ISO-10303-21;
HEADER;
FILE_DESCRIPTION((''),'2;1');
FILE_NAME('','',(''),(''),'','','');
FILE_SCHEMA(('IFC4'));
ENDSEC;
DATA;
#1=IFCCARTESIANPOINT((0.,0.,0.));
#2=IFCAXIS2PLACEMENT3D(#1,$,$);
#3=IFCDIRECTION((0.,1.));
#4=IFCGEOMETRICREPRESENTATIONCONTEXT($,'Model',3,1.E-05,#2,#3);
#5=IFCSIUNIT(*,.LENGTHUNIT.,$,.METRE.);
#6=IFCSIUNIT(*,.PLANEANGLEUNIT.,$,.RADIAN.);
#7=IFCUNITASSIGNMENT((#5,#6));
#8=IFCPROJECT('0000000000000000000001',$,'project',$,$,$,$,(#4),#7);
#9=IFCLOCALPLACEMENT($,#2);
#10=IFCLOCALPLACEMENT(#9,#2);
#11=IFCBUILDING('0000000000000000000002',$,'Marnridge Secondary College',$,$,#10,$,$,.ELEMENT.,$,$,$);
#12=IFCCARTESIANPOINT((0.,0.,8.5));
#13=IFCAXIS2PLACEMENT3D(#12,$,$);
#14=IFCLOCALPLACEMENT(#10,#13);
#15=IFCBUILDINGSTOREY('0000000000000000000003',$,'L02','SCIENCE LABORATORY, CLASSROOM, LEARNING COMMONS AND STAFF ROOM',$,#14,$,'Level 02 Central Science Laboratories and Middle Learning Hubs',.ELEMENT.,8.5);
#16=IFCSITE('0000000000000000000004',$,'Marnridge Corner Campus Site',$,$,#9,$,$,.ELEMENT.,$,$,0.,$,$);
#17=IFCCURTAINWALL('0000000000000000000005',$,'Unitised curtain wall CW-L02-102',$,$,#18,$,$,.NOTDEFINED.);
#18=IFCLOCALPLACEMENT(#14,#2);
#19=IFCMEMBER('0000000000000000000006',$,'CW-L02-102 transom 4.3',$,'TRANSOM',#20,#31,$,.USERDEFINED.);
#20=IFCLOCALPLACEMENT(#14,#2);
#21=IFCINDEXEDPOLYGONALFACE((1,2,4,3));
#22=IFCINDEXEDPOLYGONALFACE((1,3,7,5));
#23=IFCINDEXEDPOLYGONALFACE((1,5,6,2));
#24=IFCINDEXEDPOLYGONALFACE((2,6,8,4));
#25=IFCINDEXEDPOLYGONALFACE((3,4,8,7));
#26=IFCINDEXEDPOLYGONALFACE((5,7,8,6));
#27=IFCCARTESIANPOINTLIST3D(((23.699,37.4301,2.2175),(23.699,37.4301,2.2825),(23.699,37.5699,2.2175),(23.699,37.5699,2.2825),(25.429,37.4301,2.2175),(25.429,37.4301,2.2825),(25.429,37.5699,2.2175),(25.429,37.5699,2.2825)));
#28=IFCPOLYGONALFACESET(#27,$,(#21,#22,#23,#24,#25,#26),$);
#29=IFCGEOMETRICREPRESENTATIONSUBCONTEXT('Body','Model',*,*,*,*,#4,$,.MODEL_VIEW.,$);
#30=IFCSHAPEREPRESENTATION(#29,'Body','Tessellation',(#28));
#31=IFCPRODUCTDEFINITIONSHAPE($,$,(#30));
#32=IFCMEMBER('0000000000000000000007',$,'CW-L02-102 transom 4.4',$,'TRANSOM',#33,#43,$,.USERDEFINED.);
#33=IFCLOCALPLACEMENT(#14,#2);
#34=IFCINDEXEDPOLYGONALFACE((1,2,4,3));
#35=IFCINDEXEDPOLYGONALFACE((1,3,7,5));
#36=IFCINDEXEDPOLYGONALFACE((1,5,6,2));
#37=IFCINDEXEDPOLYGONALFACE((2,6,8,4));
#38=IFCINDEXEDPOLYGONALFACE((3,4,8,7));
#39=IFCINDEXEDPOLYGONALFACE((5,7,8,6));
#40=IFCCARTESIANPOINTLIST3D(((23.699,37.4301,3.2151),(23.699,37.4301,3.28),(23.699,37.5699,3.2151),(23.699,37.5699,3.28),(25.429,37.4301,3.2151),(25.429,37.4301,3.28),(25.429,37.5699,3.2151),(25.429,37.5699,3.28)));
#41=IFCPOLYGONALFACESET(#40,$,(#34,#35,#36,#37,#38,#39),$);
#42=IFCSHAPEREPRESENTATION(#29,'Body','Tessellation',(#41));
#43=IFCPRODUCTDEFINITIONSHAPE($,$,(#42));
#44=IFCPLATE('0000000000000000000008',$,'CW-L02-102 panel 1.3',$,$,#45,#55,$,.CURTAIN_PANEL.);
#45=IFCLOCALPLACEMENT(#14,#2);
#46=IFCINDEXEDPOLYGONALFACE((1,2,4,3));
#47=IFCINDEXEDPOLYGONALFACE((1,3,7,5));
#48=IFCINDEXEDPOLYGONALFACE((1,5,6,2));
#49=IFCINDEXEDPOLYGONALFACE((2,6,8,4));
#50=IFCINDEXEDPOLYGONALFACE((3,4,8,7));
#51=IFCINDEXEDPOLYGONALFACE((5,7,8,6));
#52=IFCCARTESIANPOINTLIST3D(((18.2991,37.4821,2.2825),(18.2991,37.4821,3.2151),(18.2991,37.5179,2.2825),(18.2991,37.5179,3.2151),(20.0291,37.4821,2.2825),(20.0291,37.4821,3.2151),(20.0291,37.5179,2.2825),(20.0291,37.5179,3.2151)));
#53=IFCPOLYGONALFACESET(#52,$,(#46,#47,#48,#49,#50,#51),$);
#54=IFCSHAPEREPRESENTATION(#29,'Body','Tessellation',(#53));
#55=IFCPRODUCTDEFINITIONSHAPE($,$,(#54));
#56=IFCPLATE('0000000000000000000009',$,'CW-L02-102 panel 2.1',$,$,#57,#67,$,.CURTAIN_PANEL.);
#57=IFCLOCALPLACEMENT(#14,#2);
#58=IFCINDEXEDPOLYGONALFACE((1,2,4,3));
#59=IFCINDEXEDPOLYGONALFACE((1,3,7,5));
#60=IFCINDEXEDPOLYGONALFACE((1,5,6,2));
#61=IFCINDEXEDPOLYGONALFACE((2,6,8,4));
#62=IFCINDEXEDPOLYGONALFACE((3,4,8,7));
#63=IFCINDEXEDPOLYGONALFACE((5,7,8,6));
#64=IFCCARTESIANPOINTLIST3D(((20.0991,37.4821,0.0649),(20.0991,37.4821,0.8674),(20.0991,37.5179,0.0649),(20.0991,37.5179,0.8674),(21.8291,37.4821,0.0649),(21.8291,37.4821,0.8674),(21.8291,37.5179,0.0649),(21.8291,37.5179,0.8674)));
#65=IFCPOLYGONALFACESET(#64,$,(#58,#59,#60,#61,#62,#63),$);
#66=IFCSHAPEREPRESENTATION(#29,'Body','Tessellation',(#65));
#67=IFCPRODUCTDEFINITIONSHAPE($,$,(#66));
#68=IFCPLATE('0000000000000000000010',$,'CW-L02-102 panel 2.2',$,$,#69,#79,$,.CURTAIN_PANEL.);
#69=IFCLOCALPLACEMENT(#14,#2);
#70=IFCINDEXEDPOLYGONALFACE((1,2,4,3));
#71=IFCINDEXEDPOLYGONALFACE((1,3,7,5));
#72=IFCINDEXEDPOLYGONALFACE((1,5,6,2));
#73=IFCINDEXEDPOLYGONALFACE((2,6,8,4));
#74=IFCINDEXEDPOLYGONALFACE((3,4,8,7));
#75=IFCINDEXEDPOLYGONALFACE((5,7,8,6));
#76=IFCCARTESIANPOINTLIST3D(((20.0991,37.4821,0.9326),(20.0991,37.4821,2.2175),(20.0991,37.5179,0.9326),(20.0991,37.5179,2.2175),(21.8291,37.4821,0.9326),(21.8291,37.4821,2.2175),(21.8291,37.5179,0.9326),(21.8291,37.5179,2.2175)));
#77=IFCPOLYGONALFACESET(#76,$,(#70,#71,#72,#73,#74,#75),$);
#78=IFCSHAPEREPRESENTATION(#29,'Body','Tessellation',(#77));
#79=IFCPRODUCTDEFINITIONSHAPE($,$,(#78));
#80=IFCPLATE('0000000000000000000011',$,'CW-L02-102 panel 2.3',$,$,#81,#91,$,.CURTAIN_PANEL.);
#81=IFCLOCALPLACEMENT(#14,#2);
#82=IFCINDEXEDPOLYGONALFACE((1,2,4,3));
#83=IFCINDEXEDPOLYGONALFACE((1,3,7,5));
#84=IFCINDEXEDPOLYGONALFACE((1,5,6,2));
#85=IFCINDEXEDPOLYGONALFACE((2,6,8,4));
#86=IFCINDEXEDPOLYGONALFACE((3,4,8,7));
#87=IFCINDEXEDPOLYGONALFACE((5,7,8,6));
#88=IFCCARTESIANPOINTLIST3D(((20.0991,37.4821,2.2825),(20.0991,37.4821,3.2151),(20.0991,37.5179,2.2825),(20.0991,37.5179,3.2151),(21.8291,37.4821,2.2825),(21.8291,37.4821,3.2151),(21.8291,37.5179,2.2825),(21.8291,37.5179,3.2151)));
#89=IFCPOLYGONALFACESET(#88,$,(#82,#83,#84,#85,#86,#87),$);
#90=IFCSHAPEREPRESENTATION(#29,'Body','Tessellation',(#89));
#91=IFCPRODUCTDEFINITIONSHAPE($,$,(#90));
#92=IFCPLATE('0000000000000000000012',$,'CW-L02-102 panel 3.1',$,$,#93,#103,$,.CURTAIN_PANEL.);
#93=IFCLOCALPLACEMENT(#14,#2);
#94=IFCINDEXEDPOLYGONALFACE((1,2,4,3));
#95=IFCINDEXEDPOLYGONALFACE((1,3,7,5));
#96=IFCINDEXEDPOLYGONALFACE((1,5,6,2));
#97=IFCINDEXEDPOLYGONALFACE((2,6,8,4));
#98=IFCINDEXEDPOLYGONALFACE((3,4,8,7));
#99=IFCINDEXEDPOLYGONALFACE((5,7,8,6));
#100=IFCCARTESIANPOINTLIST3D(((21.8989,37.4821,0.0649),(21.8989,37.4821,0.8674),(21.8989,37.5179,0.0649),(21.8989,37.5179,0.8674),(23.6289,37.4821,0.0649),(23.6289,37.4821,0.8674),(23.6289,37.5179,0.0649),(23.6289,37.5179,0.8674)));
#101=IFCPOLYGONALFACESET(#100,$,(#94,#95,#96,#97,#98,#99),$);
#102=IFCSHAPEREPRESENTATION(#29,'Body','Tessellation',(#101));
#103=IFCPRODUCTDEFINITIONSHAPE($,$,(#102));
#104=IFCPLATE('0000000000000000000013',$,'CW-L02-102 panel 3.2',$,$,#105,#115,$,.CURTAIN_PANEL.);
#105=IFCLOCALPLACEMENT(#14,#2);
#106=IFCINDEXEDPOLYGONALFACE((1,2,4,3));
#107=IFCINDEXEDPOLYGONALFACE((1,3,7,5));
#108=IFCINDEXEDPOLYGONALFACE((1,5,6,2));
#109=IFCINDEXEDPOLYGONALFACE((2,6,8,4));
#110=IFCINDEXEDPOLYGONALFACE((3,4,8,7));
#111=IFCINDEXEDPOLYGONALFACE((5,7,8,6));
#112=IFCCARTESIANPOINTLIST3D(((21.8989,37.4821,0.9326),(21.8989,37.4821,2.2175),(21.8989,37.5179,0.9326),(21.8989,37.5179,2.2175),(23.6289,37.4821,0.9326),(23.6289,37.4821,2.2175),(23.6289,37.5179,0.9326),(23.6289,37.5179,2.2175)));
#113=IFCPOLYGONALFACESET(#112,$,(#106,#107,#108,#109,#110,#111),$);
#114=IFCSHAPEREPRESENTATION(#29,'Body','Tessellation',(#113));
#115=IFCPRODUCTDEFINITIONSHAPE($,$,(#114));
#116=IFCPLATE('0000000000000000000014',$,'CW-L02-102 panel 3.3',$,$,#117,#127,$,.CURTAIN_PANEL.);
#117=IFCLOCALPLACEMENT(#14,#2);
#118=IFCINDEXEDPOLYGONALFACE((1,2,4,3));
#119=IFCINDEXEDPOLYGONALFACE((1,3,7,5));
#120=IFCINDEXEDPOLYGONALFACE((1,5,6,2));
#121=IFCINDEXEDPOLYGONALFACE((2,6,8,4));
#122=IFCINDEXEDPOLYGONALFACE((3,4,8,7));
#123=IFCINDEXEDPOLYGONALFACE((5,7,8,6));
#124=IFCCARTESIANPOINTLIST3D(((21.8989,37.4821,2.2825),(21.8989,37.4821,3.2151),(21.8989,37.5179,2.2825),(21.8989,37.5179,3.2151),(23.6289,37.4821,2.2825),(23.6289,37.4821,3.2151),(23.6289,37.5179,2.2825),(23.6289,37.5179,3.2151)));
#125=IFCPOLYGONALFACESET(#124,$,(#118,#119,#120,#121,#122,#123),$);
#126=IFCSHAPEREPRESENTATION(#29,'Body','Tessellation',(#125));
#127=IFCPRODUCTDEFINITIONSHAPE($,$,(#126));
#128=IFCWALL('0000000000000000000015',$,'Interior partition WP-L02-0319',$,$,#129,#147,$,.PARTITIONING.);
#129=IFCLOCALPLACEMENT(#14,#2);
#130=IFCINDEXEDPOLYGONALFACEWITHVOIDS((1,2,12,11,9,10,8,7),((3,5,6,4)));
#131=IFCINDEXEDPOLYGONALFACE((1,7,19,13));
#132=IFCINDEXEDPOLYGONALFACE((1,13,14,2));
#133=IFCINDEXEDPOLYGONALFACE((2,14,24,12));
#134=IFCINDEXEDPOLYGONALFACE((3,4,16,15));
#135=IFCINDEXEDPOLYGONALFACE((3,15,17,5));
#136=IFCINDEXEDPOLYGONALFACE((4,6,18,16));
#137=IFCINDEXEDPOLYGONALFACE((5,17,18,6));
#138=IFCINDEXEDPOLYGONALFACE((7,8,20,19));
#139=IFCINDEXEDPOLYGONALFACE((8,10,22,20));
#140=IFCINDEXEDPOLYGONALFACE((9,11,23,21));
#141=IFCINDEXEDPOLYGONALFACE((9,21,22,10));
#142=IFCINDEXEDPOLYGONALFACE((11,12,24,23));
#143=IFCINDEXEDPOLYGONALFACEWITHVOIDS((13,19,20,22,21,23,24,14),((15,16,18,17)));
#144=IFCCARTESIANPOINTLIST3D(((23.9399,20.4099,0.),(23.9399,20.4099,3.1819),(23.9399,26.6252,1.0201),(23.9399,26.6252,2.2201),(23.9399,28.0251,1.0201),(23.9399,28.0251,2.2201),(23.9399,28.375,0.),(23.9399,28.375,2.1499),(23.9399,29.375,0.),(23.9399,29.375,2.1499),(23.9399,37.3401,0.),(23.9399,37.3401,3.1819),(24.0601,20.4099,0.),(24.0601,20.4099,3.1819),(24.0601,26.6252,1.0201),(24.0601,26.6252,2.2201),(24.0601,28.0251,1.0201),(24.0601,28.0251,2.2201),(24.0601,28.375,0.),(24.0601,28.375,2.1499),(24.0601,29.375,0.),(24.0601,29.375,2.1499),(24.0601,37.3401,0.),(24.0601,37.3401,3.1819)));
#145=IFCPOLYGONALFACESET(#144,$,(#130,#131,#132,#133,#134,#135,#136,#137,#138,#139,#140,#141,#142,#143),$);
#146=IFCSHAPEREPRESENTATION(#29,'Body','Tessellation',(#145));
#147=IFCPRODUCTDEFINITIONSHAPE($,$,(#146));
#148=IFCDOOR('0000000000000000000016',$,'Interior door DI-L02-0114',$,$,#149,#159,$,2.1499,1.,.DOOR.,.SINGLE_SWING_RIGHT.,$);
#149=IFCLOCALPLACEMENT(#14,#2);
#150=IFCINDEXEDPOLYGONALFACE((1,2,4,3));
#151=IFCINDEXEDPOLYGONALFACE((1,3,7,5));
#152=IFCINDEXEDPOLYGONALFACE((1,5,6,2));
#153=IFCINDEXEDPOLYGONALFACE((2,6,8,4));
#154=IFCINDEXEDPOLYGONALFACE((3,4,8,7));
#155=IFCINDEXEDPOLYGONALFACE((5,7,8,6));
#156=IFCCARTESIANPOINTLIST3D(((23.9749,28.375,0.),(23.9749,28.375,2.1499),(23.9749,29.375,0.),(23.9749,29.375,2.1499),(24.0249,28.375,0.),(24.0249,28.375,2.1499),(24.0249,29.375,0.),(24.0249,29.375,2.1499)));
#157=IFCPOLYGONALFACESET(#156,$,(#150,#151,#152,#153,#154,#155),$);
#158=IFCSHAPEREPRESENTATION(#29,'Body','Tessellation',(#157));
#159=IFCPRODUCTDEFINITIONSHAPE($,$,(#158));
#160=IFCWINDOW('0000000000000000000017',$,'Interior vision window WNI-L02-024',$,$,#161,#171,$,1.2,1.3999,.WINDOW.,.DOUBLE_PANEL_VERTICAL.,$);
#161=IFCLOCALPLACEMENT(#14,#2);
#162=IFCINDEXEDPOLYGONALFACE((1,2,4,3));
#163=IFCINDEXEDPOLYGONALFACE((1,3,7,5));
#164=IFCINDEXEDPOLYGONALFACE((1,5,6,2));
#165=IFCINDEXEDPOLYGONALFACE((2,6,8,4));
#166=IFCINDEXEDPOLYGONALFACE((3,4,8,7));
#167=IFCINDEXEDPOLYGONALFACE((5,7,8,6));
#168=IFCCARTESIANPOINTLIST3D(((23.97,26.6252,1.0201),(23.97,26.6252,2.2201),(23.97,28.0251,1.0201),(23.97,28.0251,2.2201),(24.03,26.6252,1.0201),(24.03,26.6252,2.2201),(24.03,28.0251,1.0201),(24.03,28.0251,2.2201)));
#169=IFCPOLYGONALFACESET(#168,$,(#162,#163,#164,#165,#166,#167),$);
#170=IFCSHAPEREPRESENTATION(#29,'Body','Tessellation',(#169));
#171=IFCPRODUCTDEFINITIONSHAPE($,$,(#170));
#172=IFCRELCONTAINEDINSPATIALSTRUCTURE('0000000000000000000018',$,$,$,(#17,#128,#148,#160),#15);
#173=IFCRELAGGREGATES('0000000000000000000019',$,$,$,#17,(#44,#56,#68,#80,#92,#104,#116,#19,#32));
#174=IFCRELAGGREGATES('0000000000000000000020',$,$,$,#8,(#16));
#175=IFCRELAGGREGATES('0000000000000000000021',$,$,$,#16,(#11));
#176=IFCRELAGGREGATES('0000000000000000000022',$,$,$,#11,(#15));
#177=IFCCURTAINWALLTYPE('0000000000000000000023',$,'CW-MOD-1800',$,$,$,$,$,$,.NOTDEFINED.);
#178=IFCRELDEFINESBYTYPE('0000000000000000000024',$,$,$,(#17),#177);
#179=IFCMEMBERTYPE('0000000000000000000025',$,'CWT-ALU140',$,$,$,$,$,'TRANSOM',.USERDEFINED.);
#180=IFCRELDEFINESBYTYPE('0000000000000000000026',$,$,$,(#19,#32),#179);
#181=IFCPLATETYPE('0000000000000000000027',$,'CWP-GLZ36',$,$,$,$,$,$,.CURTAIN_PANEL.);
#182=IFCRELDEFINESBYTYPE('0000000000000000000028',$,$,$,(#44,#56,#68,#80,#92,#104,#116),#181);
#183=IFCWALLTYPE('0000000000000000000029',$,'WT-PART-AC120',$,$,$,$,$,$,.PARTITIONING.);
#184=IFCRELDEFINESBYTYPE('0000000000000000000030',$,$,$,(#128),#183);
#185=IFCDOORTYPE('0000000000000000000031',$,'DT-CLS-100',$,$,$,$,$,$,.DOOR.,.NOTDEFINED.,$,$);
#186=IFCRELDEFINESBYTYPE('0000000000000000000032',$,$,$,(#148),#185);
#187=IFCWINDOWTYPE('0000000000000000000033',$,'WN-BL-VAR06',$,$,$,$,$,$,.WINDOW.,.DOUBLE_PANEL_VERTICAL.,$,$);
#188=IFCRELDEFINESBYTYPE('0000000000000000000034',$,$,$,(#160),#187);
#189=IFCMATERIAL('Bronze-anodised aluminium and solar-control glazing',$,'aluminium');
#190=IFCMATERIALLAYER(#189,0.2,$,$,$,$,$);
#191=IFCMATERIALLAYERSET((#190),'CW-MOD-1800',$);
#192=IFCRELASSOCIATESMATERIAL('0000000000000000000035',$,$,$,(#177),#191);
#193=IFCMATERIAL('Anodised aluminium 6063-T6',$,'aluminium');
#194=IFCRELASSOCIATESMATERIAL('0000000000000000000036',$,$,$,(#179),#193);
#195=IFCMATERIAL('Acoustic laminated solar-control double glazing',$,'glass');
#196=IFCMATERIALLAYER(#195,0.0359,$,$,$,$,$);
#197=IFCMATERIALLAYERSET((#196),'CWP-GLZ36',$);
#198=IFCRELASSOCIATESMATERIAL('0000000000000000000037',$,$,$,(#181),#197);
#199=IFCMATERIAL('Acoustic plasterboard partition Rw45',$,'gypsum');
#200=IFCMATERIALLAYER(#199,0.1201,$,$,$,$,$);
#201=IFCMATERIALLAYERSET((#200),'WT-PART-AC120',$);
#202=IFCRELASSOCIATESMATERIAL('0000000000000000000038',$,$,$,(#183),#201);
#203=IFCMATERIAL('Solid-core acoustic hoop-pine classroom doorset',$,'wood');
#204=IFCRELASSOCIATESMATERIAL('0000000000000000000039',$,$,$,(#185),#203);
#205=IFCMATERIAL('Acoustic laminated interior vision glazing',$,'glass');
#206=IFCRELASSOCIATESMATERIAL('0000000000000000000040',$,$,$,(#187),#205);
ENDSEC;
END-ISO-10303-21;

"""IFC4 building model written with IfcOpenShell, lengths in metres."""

from ifc_helpers import new_model, si_unit, direction, frame, frame_2d, origin, origin_2d, place, context, subcontext, project, spatial, rectangle, extrude, material, layer, layer_set, material_profile, profile_set, type_object, element, fill, aggregate, save


model = new_model("IFC4")

# Units and contexts
model_context = context("Model", 3, precision=1e-05, world=origin(), true_north=direction((0.0, 1.0)))
body_context = subcontext(model_context, "Body", "Model", "MODEL_VIEW")
ifc_project = project(units=[si_unit("LENGTHUNIT", "METRE"), si_unit("PLANEANGLEUNIT", "RADIAN")], contexts=[model_context])

# Site, building, storey
site_placement = place(None, origin())
site = spatial("IfcSite", under=ifc_project, at=site_placement, Name="Marnridge Corner Campus Site", CompositionType="ELEMENT", RefElevation=0.0)
building_placement = place(site_placement, origin())
building = spatial("IfcBuilding", under=site, at=building_placement, Name="Marnridge Secondary College", CompositionType="ELEMENT")
storey_placement = place(building_placement, frame((0.0, 0.0, 8.5)))
storey = spatial("IfcBuildingStorey", under=building, at=storey_placement, Name="L02", Description="SCIENCE LABORATORY, CLASSROOM, LEARNING COMMONS AND STAFF ROOM", LongName="Level 02 Central Science Laboratories and Middle Learning Hubs", CompositionType="ELEMENT", Elevation=8.5)

# Curtain wall, members, plates
ifc_material_1 = material(Name="Bronze-anodised aluminium and solar-control glazing", Category="aluminium")
ifc_layer_1 = layer(ifc_material_1, 0.2)
ifc_layer_set_1 = layer_set([ifc_layer_1], Name="CW-MOD-1800")
curtain_wall_type = type_object("IfcCurtainWallType", Name="CW-MOD-1800", PredefinedType="NOTDEFINED", material=ifc_layer_set_1)
curtain_wall_placement = place(storey_placement, origin())
curtain_wall = element("IfcCurtainWall", 1, at=curtain_wall_placement, inside=storey, type_object=curtain_wall_type, Name="Unitised curtain wall CW-L02-102", PredefinedType="NOTDEFINED")
ifc_material_2 = material(Name="Anodised aluminium 6063-T6", Category="aluminium")
ifc_material_profile_1 = material_profile(ifc_material_2, rectangle(XDim=0.0649, YDim=0.1399, at=origin_2d()), Name="ALU 65x140")
ifc_profile_set_1 = profile_set([ifc_material_profile_1], Name="Anodised aluminium 6063-T6")
member_type_1 = type_object("IfcMemberType", Name="CWT-ALU140", ElementType="TRANSOM", PredefinedType="USERDEFINED", material=ifc_profile_set_1)
member_1_placement = place(storey_placement, frame((23.699, 37.5, 2.25), z_axis=(1.0, 0.0, 0.0), x_axis=(0.0, 0.0, 1.0)))
member_1 = element("IfcMember", 2, at=member_1_placement, type_object=member_type_1, Name="CW-L02-102 transom 4.3", ObjectType="TRANSOM", PredefinedType="USERDEFINED", context=body_context, shape_type="SweptSolid", body=[
    extrude(rectangle(XDim=0.0649, YDim=0.1399, at=origin_2d()), origin(), (0.0, 0.0, 1.0), 1.73),
])
member_2_placement = place(storey_placement, frame((23.699, 37.5, 3.2476), z_axis=(1.0, 0.0, 0.0), x_axis=(0.0, 0.0, 1.0)))
member_2 = element("IfcMember", 3, at=member_2_placement, type_object=member_type_1, Name="CW-L02-102 transom 4.4", ObjectType="TRANSOM", PredefinedType="USERDEFINED", context=body_context, shape_type="SweptSolid", body=[
    extrude(rectangle(XDim=0.0649, YDim=0.1399, at=origin_2d()), origin(), (0.0, 0.0, 1.0), 1.73),
])
ifc_material_3 = material(Name="Acoustic laminated solar-control double glazing", Category="glass")
ifc_layer_2 = layer(ifc_material_3, 0.0359)
ifc_layer_set_2 = layer_set([ifc_layer_2], Name="CWP-GLZ36")
plate_type = type_object("IfcPlateType", Name="CWP-GLZ36", PredefinedType="CURTAIN_PANEL", material=ifc_layer_set_2)
plate_1_placement = place(storey_placement, frame((19.1641, 37.5, 2.2825), z_axis=(0.0, 0.0, 1.0), x_axis=(1.0, 0.0, 0.0)))
plate_1 = element("IfcPlate", 4, at=plate_1_placement, type_object=plate_type, Name="CW-L02-102 panel 1.3", PredefinedType="CURTAIN_PANEL", context=body_context, shape_type="SweptSolid", body=[
    extrude(rectangle(XDim=1.73, YDim=0.0359, at=origin_2d()), origin(), (0.0, 0.0, 1.0), 0.9326),
])
plate_2_placement = place(storey_placement, frame((20.9641, 37.5, 0.0649), z_axis=(0.0, 0.0, 1.0), x_axis=(1.0, 0.0, 0.0)))
plate_2 = element("IfcPlate", 5, at=plate_2_placement, type_object=plate_type, Name="CW-L02-102 panel 2.1", PredefinedType="CURTAIN_PANEL", context=body_context, shape_type="SweptSolid", body=[
    extrude(rectangle(XDim=1.73, YDim=0.0359, at=origin_2d()), origin(), (0.0, 0.0, 1.0), 0.8025),
])
plate_3_placement = place(storey_placement, frame((20.9641, 37.5, 0.9326), z_axis=(0.0, 0.0, 1.0), x_axis=(1.0, 0.0, 0.0)))
plate_3 = element("IfcPlate", 6, at=plate_3_placement, type_object=plate_type, Name="CW-L02-102 panel 2.2", PredefinedType="CURTAIN_PANEL", context=body_context, shape_type="SweptSolid", body=[
    extrude(rectangle(XDim=1.73, YDim=0.0359, at=origin_2d()), origin(), (0.0, 0.0, 1.0), 1.2849),
])
plate_4_placement = place(storey_placement, frame((20.9641, 37.5, 2.2825), z_axis=(0.0, 0.0, 1.0), x_axis=(1.0, 0.0, 0.0)))
plate_4 = element("IfcPlate", 7, at=plate_4_placement, type_object=plate_type, Name="CW-L02-102 panel 2.3", PredefinedType="CURTAIN_PANEL", context=body_context, shape_type="SweptSolid", body=[
    extrude(rectangle(XDim=1.73, YDim=0.0359, at=origin_2d()), origin(), (0.0, 0.0, 1.0), 0.9326),
])
plate_5_placement = place(storey_placement, frame((22.7639, 37.5, 0.0649), z_axis=(0.0, 0.0, 1.0), x_axis=(1.0, 0.0, 0.0)))
plate_5 = element("IfcPlate", 8, at=plate_5_placement, type_object=plate_type, Name="CW-L02-102 panel 3.1", PredefinedType="CURTAIN_PANEL", context=body_context, shape_type="SweptSolid", body=[
    extrude(rectangle(XDim=1.73, YDim=0.0359, at=origin_2d()), origin(), (0.0, 0.0, 1.0), 0.8025),
])
plate_6_placement = place(storey_placement, frame((22.7639, 37.5, 0.9326), z_axis=(0.0, 0.0, 1.0), x_axis=(1.0, 0.0, 0.0)))
plate_6 = element("IfcPlate", 9, at=plate_6_placement, type_object=plate_type, Name="CW-L02-102 panel 3.2", PredefinedType="CURTAIN_PANEL", context=body_context, shape_type="SweptSolid", body=[
    extrude(rectangle(XDim=1.73, YDim=0.0359, at=origin_2d()), origin(), (0.0, 0.0, 1.0), 1.2849),
])
plate_7_placement = place(storey_placement, frame((22.7639, 37.5, 2.2825), z_axis=(0.0, 0.0, 1.0), x_axis=(1.0, 0.0, 0.0)))
plate_7 = element("IfcPlate", 10, at=plate_7_placement, type_object=plate_type, Name="CW-L02-102 panel 3.3", PredefinedType="CURTAIN_PANEL", context=body_context, shape_type="SweptSolid", body=[
    extrude(rectangle(XDim=1.73, YDim=0.0359, at=origin_2d()), origin(), (0.0, 0.0, 1.0), 0.9326),
])
aggregate(curtain_wall, [plate_1, plate_2, plate_3, plate_4, plate_5, plate_6, plate_7, member_1, member_2])

# Wall, openings, door, window
ifc_material_4 = material(Name="Acoustic plasterboard partition Rw45", Category="gypsum")
ifc_layer_3 = layer(ifc_material_4, 0.1201)
ifc_layer_set_3 = layer_set([ifc_layer_3], Name="WT-PART-AC120")
wall_type = type_object("IfcWallType", Name="WT-PART-AC120", PredefinedType="PARTITIONING", material=ifc_layer_set_3)
wall_placement = place(storey_placement, frame((24.0, 37.3401, 0.0), z_axis=(0.0, 0.0, 1.0), x_axis=(0.0, -1.0, 0.0)))
wall = element("IfcWall", 11, at=wall_placement, inside=storey, type_object=wall_type, Name="Interior partition WP-L02-0319", PredefinedType="PARTITIONING", context=body_context, shape_type="SweptSolid", body=[
    extrude(rectangle(XDim=16.9302, YDim=0.1201, at=frame_2d((8.4651, 0.0))), origin(), (0.0, 0.0, 1.0), 3.1819),
])
opening_1_placement = place(wall_placement, frame((7.9651, 0.0, 0.0)))
opening_1 = element("IfcOpeningElement", 12, at=opening_1_placement, cuts=wall, PredefinedType="OPENING", context=body_context, shape_type="SweptSolid", body=[
    extrude(rectangle(XDim=1.0, YDim=2.1499, at=frame_2d((0.5, 1.075))), frame((0.0, 0.0701, 0.0), z_axis=(0.0, -1.0, 0.0), x_axis=(1.0, 0.0, 0.0)), (0.0, 0.0, 1.0), 0.1401),
])
opening_2_placement = place(wall_placement, frame((9.3149, 0.0, 1.02)))
opening_2 = element("IfcOpeningElement", 13, at=opening_2_placement, cuts=wall, PredefinedType="OPENING", context=body_context, shape_type="SweptSolid", body=[
    extrude(rectangle(XDim=1.3999, YDim=1.2, at=frame_2d((0.7, 0.6001))), frame((0.0, 0.0701, 0.0), z_axis=(0.0, -1.0, 0.0), x_axis=(1.0, 0.0, 0.0)), (0.0, 0.0, 1.0), 0.1401),
])
ifc_material_5 = material(Name="Solid-core acoustic hoop-pine classroom doorset", Category="wood")
door_type = type_object("IfcDoorType", Name="DT-CLS-100", OperationType="NOTDEFINED", PredefinedType="DOOR", material=ifc_material_5)
door_placement = place(opening_1_placement, origin())
door = element("IfcDoor", 14, at=door_placement, inside=storey, type_object=door_type, Name="Interior door DI-L02-0114", OperationType="SINGLE_SWING_RIGHT", OverallHeight=2.1499, OverallWidth=1.0, PredefinedType="DOOR", context=body_context, shape_type="SweptSolid", body=[
    extrude(rectangle(XDim=1.0, YDim=2.1499, at=frame_2d((0.5, 1.075))), frame((0.0, 0.0249, 0.0), z_axis=(0.0, -1.0, 0.0), x_axis=(1.0, 0.0, 0.0)), (0.0, 0.0, 1.0), 0.05),
])
fill(opening_1, door)
ifc_material_6 = material(Name="Acoustic laminated interior vision glazing", Category="glass")
window_type = type_object("IfcWindowType", Name="WN-BL-VAR06", PartitioningType="DOUBLE_PANEL_VERTICAL", PredefinedType="WINDOW", material=ifc_material_6)
window_placement = place(opening_2_placement, origin())
window = element("IfcWindow", 15, at=window_placement, inside=storey, type_object=window_type, Name="Interior vision window WNI-L02-024", OverallHeight=1.2, OverallWidth=1.3999, PartitioningType="DOUBLE_PANEL_VERTICAL", PredefinedType="WINDOW", context=body_context, shape_type="SweptSolid", body=[
    extrude(rectangle(XDim=1.3999, YDim=1.2, at=frame_2d((0.7, 0.6001))), frame((0.0, 0.03, 0.0), z_axis=(0.0, -1.0, 0.0), x_axis=(1.0, 0.0, 0.0)), (0.0, 0.0, 1.0), 0.0601),
])
fill(opening_2, window)

save(model, "model.ifc")
